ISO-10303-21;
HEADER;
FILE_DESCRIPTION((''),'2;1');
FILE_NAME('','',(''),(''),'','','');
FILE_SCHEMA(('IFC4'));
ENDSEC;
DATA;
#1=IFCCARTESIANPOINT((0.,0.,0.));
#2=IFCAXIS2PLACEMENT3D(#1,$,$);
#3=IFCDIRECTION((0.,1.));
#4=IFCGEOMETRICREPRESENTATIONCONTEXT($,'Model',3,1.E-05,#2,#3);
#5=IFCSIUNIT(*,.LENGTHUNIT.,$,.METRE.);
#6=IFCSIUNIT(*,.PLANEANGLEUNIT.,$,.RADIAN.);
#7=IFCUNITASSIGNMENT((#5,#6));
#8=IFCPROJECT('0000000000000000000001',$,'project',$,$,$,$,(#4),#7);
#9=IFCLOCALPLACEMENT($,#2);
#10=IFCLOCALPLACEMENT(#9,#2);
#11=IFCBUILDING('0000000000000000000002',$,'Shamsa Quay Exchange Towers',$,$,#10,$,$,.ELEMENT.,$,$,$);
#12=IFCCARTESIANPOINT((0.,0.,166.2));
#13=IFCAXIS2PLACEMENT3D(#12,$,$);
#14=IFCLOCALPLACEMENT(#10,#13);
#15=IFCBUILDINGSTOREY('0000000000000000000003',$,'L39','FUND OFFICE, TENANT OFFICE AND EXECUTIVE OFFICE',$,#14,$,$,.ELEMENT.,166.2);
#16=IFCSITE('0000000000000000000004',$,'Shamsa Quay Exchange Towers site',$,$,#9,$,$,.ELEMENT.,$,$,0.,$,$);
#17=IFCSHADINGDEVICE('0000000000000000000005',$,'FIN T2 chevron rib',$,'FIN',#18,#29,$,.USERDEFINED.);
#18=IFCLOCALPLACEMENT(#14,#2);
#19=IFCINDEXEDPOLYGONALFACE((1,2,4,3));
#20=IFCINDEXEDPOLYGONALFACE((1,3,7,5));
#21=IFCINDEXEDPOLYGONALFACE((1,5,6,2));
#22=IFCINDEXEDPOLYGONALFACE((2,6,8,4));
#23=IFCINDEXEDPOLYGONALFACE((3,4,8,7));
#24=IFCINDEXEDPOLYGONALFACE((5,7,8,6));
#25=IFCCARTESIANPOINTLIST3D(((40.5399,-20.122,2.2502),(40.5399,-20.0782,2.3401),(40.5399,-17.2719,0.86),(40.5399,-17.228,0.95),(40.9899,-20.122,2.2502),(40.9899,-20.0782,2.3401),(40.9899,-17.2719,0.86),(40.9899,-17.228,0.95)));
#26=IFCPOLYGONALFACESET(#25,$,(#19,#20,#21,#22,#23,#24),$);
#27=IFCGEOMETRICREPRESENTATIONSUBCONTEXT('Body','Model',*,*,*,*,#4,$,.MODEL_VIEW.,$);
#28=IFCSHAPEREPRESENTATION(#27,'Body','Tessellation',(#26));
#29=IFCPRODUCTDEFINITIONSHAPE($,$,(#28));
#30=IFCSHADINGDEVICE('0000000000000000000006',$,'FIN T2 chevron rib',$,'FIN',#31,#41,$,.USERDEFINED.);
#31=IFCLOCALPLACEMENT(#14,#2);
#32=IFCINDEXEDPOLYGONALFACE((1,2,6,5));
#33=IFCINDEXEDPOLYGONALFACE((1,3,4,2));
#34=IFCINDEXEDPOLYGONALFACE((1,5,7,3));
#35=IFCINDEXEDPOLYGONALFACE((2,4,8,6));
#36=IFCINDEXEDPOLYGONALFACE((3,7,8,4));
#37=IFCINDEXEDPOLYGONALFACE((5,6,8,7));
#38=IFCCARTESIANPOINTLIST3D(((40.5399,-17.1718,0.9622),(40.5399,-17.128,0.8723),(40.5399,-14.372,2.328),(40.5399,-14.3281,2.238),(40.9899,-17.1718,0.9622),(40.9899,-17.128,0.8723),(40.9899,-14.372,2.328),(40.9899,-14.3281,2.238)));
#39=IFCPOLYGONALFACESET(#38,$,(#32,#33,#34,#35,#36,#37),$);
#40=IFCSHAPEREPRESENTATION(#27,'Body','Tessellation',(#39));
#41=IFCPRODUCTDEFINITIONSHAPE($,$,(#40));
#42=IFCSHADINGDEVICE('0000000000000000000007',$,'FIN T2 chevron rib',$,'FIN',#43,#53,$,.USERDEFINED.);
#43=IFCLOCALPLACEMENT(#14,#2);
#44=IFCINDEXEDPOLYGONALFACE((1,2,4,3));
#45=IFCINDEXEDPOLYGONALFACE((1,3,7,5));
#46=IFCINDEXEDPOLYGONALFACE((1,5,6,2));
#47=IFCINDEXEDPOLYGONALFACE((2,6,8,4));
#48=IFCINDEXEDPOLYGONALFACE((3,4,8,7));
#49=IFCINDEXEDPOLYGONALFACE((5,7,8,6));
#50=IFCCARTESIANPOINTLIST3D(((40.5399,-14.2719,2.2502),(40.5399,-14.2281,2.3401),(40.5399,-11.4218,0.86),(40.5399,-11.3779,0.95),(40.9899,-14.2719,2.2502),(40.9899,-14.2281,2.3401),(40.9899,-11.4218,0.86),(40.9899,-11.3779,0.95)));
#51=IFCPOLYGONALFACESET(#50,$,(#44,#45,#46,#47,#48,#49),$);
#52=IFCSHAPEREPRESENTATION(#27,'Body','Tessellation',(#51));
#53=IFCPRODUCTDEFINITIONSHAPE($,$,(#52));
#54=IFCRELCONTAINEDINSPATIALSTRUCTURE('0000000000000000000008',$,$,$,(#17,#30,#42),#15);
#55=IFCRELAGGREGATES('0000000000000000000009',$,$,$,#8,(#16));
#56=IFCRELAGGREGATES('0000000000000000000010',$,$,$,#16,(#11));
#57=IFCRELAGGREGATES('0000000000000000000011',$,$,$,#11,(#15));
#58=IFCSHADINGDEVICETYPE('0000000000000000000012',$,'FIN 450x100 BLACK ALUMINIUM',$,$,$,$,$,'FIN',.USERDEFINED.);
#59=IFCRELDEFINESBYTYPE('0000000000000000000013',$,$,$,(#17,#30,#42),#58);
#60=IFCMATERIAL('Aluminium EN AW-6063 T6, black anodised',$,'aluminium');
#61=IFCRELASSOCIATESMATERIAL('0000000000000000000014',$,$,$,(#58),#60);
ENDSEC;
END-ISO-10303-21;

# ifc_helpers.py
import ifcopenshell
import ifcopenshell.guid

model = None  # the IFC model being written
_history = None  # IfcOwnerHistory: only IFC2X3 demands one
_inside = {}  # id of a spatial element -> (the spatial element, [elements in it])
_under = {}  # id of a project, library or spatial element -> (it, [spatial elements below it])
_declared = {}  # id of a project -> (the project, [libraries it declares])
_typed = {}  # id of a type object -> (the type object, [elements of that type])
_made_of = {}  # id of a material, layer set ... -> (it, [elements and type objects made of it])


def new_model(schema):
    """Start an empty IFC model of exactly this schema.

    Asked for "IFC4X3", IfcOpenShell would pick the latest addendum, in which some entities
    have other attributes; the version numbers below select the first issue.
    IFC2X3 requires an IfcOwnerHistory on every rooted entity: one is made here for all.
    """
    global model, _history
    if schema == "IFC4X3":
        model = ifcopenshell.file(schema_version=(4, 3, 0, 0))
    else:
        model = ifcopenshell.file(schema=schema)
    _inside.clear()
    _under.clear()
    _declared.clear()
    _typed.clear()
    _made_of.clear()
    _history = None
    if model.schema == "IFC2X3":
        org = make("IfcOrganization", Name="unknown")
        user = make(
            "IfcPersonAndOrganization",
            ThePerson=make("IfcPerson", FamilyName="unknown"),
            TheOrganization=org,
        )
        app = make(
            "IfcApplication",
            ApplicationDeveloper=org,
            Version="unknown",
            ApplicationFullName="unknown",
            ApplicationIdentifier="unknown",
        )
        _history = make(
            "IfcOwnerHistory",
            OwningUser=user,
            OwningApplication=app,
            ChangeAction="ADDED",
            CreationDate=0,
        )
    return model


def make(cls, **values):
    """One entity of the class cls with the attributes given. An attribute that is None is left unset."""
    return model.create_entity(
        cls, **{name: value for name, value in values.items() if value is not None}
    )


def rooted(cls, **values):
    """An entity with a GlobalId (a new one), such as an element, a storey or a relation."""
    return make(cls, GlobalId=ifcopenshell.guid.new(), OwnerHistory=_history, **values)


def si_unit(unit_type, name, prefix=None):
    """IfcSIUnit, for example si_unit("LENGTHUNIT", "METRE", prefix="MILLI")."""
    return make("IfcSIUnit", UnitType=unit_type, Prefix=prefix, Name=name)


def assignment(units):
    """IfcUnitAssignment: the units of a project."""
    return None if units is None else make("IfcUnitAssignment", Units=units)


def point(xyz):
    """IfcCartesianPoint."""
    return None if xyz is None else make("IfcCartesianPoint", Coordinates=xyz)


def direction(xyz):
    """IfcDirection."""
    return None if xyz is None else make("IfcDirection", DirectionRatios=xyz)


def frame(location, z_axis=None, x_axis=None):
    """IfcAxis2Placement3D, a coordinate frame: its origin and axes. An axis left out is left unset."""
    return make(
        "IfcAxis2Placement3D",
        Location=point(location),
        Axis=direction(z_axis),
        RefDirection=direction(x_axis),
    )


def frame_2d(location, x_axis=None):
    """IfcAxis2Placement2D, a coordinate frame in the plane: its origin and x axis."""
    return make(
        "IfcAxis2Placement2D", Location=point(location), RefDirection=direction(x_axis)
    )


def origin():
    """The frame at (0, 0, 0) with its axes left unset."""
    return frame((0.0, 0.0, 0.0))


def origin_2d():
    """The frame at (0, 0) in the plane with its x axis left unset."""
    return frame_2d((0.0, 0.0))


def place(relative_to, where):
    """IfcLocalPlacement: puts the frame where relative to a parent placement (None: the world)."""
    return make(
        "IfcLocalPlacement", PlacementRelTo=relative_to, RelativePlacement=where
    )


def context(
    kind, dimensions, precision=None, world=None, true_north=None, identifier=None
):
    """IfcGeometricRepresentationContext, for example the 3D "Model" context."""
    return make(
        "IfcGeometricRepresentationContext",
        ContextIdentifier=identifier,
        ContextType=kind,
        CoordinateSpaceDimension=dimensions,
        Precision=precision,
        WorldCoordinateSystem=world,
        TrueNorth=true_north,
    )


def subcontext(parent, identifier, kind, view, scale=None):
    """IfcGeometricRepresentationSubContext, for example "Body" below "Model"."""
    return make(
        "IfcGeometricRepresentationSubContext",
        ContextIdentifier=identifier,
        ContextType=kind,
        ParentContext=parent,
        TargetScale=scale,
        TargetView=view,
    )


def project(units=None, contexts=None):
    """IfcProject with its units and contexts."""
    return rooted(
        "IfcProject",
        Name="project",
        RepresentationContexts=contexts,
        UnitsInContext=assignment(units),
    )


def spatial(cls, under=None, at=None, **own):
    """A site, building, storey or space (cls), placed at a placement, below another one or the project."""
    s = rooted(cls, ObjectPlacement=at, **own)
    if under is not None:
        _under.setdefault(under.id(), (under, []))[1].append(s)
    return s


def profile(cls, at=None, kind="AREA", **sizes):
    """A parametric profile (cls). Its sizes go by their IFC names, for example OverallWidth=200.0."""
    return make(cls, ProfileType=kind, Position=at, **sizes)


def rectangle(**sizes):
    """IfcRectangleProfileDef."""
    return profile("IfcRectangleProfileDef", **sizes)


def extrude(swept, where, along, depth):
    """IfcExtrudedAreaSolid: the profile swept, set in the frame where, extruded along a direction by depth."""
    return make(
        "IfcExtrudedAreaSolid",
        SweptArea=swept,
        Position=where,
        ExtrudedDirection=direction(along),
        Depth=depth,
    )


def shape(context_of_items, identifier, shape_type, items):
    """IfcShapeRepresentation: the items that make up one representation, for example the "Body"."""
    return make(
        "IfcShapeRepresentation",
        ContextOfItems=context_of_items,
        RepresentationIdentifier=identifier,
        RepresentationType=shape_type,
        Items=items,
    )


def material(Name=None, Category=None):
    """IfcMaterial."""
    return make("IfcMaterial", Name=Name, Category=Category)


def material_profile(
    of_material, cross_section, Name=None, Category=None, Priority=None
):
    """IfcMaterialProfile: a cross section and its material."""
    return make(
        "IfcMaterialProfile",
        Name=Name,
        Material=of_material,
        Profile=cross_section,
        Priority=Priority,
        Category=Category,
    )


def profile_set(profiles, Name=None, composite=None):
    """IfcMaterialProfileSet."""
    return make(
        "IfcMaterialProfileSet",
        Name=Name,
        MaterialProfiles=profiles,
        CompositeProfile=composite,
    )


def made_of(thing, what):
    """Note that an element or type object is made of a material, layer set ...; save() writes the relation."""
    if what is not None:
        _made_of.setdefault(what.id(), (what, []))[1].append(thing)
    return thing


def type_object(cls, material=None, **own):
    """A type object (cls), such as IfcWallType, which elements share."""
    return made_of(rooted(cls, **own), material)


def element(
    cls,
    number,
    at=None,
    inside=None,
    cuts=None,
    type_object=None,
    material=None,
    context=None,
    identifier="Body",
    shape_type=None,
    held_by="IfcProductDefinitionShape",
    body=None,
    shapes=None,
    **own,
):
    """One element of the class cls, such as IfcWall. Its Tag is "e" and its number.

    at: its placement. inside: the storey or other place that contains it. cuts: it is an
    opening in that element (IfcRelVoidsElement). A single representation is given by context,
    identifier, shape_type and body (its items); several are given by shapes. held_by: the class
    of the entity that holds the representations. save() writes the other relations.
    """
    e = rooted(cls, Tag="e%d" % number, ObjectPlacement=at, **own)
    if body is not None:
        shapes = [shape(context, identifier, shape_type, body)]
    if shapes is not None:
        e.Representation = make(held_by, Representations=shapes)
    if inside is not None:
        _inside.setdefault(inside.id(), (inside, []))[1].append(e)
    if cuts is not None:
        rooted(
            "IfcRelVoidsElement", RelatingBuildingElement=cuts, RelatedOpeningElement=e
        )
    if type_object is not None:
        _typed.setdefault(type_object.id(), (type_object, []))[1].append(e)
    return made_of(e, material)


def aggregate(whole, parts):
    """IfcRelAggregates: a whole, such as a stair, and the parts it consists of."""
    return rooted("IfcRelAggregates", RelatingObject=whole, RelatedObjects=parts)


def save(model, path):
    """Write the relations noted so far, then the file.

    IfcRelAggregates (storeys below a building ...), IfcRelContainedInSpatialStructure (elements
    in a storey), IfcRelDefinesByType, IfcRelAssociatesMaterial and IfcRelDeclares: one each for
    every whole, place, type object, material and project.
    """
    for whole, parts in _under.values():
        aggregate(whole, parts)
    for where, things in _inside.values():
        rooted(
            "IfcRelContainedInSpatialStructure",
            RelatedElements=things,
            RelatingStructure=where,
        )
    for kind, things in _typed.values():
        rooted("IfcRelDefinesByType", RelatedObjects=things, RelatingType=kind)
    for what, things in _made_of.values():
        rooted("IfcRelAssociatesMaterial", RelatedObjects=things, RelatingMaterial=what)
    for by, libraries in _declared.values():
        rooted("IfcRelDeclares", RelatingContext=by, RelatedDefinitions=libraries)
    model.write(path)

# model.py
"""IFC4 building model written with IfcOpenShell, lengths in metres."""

from ifc_helpers import new_model, si_unit, direction, frame, origin, origin_2d, place, context, subcontext, project, spatial, rectangle, extrude, material, material_profile, profile_set, type_object, element, save


model = new_model("IFC4")

# Units and contexts
model_context = context("Model", 3, precision=1e-05, world=origin(), true_north=direction((0.0, 1.0)))
body_context = subcontext(model_context, "Body", "Model", "MODEL_VIEW")
ifc_project = project(units=[si_unit("LENGTHUNIT", "METRE"), si_unit("PLANEANGLEUNIT", "RADIAN")], contexts=[model_context])

# Site, building, storey
site_placement = place(None, origin())
site = spatial("IfcSite", under=ifc_project, at=site_placement, Name="Shamsa Quay Exchange Towers site", CompositionType="ELEMENT", RefElevation=0.0)
building_placement = place(site_placement, origin())
building = spatial("IfcBuilding", under=site, at=building_placement, Name="Shamsa Quay Exchange Towers", CompositionType="ELEMENT")
storey_placement = place(building_placement, frame((0.0, 0.0, 166.2)))
storey = spatial("IfcBuildingStorey", under=building, at=storey_placement, Name="L39", Description="FUND OFFICE, TENANT OFFICE AND EXECUTIVE OFFICE", CompositionType="ELEMENT", Elevation=166.2)

# Shared definitions
ifc_material_1 = material(Name="Aluminium EN AW-6063 T6, black anodised", Category="aluminium")

# Shading devices
ifc_material_profile_1 = material_profile(ifc_material_1, rectangle(XDim=0.45, YDim=0.1001, at=origin_2d()), Name="FIN450x100")
ifc_profile_set_1 = profile_set([ifc_material_profile_1], Name="Aluminium EN AW-6063 T6, black anodised")
shading_device_type = type_object("IfcShadingDeviceType", Name="FIN 450x100 BLACK ALUMINIUM", ElementType="FIN", PredefinedType="USERDEFINED", material=ifc_profile_set_1)
shading_device_1_placement = place(storey_placement, frame((40.7649, -20.1001, 2.2952), z_axis=(0.0, 0.898788, -0.438384), x_axis=(-1.0, 0.0, 0.0)))
element("IfcShadingDevice", 1, at=shading_device_1_placement, inside=storey, type_object=shading_device_type, Name="FIN T2 chevron rib", ObjectType="FIN", PredefinedType="USERDEFINED", context=body_context, shape_type="SweptSolid", body=[
    extrude(rectangle(XDim=0.45, YDim=0.1001, at=origin_2d()), origin(), (0.0, 0.0, 1.0), 3.1711),
])
shading_device_2_placement = place(storey_placement, frame((40.7649, -17.1499, 0.9172), z_axis=(0.0, 0.898773, 0.438414), x_axis=(-1.0, 0.0, 0.0)))
element("IfcShadingDevice", 2, at=shading_device_2_placement, inside=storey, type_object=shading_device_type, Name="FIN T2 chevron rib", ObjectType="FIN", PredefinedType="USERDEFINED", context=body_context, shape_type="SweptSolid", body=[
    extrude(rectangle(XDim=0.45, YDim=0.1001, at=origin_2d()), origin(), (0.0, 0.0, 1.0), 3.1152),
])
shading_device_3_placement = place(storey_placement, frame((40.7649, -14.25, 2.2952), z_axis=(0.0, 0.898788, -0.438384), x_axis=(-1.0, 0.0, 0.0)))
element("IfcShadingDevice", 3, at=shading_device_3_placement, inside=storey, type_object=shading_device_type, Name="FIN T2 chevron rib", ObjectType="FIN", PredefinedType="USERDEFINED", context=body_context, shape_type="SweptSolid", body=[
    extrude(rectangle(XDim=0.45, YDim=0.1001, at=origin_2d()), origin(), (0.0, 0.0, 1.0), 3.1711),
])

save(model, "model.ifc")
